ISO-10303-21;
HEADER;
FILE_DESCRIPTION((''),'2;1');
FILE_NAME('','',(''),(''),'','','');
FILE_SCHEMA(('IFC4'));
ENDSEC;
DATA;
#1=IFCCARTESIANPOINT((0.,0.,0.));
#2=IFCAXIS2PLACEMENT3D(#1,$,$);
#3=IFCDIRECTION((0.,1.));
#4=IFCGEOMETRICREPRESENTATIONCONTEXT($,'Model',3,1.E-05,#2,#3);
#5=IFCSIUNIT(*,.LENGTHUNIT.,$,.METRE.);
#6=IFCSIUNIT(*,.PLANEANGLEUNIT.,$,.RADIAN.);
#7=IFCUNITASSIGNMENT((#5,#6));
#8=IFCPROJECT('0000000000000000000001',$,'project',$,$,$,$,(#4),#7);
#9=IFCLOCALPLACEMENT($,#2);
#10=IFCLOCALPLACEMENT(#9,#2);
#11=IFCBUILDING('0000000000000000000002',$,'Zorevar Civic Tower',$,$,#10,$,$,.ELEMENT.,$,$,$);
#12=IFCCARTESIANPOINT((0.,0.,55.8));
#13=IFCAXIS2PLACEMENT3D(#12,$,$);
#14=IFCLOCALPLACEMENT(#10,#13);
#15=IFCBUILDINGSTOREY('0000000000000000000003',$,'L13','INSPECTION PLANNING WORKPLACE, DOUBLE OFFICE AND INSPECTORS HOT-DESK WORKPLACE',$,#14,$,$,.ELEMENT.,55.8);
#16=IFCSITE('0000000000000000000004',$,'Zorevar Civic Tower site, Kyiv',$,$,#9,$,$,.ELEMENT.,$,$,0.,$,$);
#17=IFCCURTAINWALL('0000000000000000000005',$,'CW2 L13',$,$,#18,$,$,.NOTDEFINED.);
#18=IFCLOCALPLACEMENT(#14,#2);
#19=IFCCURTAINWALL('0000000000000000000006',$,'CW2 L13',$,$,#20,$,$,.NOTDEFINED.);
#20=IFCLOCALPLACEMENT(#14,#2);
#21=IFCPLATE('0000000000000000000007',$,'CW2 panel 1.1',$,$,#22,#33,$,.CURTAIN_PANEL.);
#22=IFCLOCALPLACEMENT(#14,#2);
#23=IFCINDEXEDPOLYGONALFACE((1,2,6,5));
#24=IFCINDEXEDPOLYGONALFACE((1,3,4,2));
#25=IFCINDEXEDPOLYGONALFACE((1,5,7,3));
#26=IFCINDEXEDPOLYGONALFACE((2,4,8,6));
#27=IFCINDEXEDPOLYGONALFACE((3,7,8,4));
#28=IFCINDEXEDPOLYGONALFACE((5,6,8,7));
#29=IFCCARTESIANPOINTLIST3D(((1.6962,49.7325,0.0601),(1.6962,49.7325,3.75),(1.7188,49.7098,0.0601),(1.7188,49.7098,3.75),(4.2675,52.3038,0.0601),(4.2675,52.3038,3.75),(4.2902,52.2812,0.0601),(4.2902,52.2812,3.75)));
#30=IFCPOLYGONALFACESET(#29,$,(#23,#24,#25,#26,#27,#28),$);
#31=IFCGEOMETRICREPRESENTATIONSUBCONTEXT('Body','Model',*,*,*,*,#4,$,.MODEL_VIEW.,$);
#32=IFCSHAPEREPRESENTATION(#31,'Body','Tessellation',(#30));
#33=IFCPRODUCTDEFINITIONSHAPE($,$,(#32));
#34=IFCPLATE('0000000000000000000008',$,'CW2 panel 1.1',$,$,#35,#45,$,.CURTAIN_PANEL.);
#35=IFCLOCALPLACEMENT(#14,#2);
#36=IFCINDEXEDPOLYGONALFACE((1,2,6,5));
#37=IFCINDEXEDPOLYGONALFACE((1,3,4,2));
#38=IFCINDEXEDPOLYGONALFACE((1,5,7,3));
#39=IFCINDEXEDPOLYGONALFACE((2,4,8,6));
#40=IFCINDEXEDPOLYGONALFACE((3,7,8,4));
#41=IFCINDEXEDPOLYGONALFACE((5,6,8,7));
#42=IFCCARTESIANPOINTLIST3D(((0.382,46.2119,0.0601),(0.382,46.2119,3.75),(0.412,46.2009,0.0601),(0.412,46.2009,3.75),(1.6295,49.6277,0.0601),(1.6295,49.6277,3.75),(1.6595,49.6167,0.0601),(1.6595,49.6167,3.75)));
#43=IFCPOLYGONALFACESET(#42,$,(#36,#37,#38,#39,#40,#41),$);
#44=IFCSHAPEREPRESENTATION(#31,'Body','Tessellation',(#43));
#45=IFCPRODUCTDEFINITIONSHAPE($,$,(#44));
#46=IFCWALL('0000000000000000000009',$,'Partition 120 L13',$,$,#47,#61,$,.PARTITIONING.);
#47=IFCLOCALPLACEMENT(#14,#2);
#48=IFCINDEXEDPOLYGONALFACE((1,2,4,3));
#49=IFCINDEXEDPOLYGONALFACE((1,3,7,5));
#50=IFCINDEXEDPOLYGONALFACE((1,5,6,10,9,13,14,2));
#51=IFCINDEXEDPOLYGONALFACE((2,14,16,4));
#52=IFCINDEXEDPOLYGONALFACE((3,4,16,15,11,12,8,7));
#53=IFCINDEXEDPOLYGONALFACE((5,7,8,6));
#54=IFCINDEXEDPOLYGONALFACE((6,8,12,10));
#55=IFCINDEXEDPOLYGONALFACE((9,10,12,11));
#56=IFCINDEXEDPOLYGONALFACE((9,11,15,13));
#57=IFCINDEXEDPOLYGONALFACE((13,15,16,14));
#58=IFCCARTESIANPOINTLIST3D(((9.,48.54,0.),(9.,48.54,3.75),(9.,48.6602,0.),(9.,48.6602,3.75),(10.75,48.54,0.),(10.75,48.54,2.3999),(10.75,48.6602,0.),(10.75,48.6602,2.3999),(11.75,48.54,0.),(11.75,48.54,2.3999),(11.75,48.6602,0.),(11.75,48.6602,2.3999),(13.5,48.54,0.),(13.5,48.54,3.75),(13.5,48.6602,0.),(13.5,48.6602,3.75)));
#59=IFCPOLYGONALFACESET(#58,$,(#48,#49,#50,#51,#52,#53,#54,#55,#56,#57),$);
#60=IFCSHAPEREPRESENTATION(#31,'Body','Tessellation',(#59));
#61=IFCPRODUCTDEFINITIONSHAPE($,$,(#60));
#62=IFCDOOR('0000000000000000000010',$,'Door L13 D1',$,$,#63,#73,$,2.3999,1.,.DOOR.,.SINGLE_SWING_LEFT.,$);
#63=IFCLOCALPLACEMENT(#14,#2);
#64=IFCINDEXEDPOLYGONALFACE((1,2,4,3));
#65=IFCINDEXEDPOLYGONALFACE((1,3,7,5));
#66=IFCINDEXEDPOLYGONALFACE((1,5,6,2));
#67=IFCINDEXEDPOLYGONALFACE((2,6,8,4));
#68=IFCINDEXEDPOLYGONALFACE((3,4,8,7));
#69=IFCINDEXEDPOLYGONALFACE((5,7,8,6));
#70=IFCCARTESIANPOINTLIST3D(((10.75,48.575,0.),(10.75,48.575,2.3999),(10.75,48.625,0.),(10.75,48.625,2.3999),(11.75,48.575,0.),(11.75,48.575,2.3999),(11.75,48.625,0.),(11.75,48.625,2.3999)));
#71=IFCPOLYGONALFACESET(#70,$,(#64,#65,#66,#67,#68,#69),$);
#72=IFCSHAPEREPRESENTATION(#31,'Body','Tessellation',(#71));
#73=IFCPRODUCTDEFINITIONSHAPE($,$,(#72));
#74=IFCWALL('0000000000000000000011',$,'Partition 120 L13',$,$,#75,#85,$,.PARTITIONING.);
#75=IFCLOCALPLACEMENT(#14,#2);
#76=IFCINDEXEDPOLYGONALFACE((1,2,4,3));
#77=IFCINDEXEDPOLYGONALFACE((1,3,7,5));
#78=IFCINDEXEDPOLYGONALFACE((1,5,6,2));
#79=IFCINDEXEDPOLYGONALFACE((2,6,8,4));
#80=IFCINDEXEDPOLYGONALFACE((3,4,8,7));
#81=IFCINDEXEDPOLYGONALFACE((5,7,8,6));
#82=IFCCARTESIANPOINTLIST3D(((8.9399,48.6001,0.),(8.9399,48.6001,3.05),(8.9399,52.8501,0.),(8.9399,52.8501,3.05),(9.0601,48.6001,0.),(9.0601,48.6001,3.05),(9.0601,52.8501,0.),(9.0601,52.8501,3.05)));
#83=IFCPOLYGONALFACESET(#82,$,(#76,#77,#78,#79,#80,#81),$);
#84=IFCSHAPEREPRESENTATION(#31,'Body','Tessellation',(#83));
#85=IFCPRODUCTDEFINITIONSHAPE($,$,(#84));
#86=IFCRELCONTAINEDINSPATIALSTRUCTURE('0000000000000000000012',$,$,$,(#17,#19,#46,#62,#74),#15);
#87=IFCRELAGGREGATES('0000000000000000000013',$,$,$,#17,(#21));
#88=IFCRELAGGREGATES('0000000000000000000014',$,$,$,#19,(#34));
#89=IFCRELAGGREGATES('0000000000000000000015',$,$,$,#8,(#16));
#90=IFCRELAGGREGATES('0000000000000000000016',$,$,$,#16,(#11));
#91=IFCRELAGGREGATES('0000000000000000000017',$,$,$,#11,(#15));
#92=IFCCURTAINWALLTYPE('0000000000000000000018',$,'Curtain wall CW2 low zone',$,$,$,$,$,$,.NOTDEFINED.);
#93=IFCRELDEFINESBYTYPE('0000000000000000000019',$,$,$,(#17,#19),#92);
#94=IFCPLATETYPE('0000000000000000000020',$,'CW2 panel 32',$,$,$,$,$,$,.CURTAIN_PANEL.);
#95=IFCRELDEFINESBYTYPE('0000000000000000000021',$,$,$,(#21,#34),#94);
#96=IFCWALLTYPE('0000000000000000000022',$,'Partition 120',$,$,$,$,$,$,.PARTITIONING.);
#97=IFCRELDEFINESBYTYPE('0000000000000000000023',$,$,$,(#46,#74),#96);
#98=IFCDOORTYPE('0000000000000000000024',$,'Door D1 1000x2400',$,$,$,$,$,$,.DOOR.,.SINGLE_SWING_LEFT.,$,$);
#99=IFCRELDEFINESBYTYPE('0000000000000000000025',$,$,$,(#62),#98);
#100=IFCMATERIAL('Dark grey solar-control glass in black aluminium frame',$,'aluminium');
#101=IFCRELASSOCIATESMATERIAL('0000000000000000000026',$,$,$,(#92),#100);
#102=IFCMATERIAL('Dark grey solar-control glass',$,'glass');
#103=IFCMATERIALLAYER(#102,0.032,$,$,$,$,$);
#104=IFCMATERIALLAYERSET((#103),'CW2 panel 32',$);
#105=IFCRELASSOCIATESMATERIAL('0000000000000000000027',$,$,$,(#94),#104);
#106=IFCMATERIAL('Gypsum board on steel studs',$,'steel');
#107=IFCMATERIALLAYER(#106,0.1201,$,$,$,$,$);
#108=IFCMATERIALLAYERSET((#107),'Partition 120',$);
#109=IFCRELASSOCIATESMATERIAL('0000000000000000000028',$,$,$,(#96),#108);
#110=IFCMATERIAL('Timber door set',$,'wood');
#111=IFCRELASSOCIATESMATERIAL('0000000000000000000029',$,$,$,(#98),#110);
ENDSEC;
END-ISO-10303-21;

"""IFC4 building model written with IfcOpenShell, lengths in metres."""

from ifc_helpers import new_model, si_unit, direction, frame, frame_2d, origin, origin_2d, place, context, subcontext, project, spatial, rectangle, extrude, material, layer, layer_set, type_object, element, fill, aggregate, save


model = new_model("IFC4")

# Units and contexts
model_context = context("Model", 3, precision=1e-05, world=origin(), true_north=direction((0.0, 1.0)))
body_context = subcontext(model_context, "Body", "Model", "MODEL_VIEW")
ifc_project = project(units=[si_unit("LENGTHUNIT", "METRE"), si_unit("PLANEANGLEUNIT", "RADIAN")], contexts=[model_context])

# Site, building, storey
site_placement = place(None, origin())
site = spatial("IfcSite", under=ifc_project, at=site_placement, Name="Zorevar Civic Tower site, Kyiv", CompositionType="ELEMENT", RefElevation=0.0)
building_placement = place(site_placement, origin())
building = spatial("IfcBuilding", under=site, at=building_placement, Name="Zorevar Civic Tower", CompositionType="ELEMENT")
storey_placement = place(building_placement, frame((0.0, 0.0, 55.8)))
storey = spatial("IfcBuildingStorey", under=building, at=storey_placement, Name="L13", Description="INSPECTION PLANNING WORKPLACE, DOUBLE OFFICE AND INSPECTORS HOT-DESK WORKPLACE", CompositionType="ELEMENT", Elevation=55.8)

# Curtain walls
ifc_material_1 = material(Name="Dark grey solar-control glass in black aluminium frame", Category="aluminium")
curtain_wall_type = type_object("IfcCurtainWallType", Name="Curtain wall CW2 low zone", PredefinedType="NOTDEFINED", material=ifc_material_1)
curtain_wall_1_placement = place(storey_placement, origin())
curtain_wall_1 = element("IfcCurtainWall", 1, at=curtain_wall_1_placement, inside=storey, type_object=curtain_wall_type, Name="CW2 L13", PredefinedType="NOTDEFINED")
curtain_wall_2_placement = place(storey_placement, origin())
curtain_wall_2 = element("IfcCurtainWall", 2, at=curtain_wall_2_placement, inside=storey, type_object=curtain_wall_type, Name="CW2 L13", PredefinedType="NOTDEFINED")

# Plates
ifc_material_2 = material(Name="Dark grey solar-control glass", Category="glass")
ifc_layer_1 = layer(ifc_material_2, 0.032)
ifc_layer_set_1 = layer_set([ifc_layer_1], Name="CW2 panel 32")
plate_type = type_object("IfcPlateType", Name="CW2 panel 32", PredefinedType="CURTAIN_PANEL", material=ifc_layer_set_1)
plate_1_placement = place(storey_placement, frame((2.9932, 51.0068, 0.0601), z_axis=(0.0, 0.0, 1.0), x_axis=(-0.707107, -0.707107, 0.0)))
plate_1 = element("IfcPlate", 3, at=plate_1_placement, type_object=plate_type, Name="CW2 panel 1.1", PredefinedType="CURTAIN_PANEL", context=body_context, shape_type="SweptSolid", body=[
    extrude(rectangle(XDim=3.6365, YDim=0.032, at=origin_2d()), origin(), (0.0, 0.0, 1.0), 3.6899),
])
aggregate(curtain_wall_1, [plate_1])
plate_2_placement = place(storey_placement, frame((1.0208, 47.9143, 0.0601), z_axis=(0.0, 0.0, 1.0), x_axis=(-0.34306, -0.939313, 0.0)))
plate_2 = element("IfcPlate", 4, at=plate_2_placement, type_object=plate_type, Name="CW2 panel 1.1", PredefinedType="CURTAIN_PANEL", context=body_context, shape_type="SweptSolid", body=[
    extrude(rectangle(XDim=3.6365, YDim=0.032, at=origin_2d()), origin(), (0.0, 0.0, 1.0), 3.6899),
])
aggregate(curtain_wall_2, [plate_2])

# Wall, opening, door
ifc_material_3 = material(Name="Gypsum board on steel studs", Category="steel")
ifc_layer_2 = layer(ifc_material_3, 0.1201)
ifc_layer_set_2 = layer_set([ifc_layer_2], Name="Partition 120")
wall_type = type_object("IfcWallType", Name="Partition 120", PredefinedType="PARTITIONING", material=ifc_layer_set_2)
wall_1_placement = place(storey_placement, frame((9.0, 48.6001, 0.0), z_axis=(0.0, 0.0, 1.0), x_axis=(1.0, 0.0, 0.0)))
wall_1 = element("IfcWall", 5, at=wall_1_placement, inside=storey, type_object=wall_type, Name="Partition 120 L13", PredefinedType="PARTITIONING", context=body_context, shape_type="SweptSolid", body=[
    extrude(rectangle(XDim=4.5, YDim=0.1201, at=frame_2d((2.25, 0.0))), origin(), (0.0, 0.0, 1.0), 3.75),
])
opening_placement = place(wall_1_placement, frame((1.75, 0.0, 0.0)))
opening = element("IfcOpeningElement", 6, at=opening_placement, cuts=wall_1, PredefinedType="OPENING", context=body_context, shape_type="SweptSolid", body=[
    extrude(rectangle(XDim=1.0, YDim=2.3999, at=frame_2d((0.5, 1.2))), frame((0.0, 0.0701, 0.0), z_axis=(0.0, -1.0, 0.0), x_axis=(1.0, 0.0, 0.0)), (0.0, 0.0, 1.0), 0.1401),
])
ifc_material_4 = material(Name="Timber door set", Category="wood")
door_type = type_object("IfcDoorType", Name="Door D1 1000x2400", OperationType="SINGLE_SWING_LEFT", PredefinedType="DOOR", material=ifc_material_4)
door_placement = place(opening_placement, origin())
door = element("IfcDoor", 7, at=door_placement, inside=storey, type_object=door_type, Name="Door L13 D1", OperationType="SINGLE_SWING_LEFT", OverallHeight=2.3999, OverallWidth=1.0, PredefinedType="DOOR", context=body_context, shape_type="SweptSolid", body=[
    extrude(rectangle(XDim=1.0, YDim=2.3999, at=frame_2d((0.5, 1.2))), frame((0.0, 0.0249, 0.0), z_axis=(0.0, -1.0, 0.0), x_axis=(1.0, 0.0, 0.0)), (0.0, 0.0, 1.0), 0.05),
])
fill(opening, door)

# Wall
wall_2_placement = place(storey_placement, frame((9.0, 48.6001, 0.0), z_axis=(0.0, 0.0, 1.0), x_axis=(0.0, 1.0, 0.0)))
element("IfcWall", 8, at=wall_2_placement, inside=storey, type_object=wall_type, Name="Partition 120 L13", PredefinedType="PARTITIONING", context=body_context, shape_type="SweptSolid", body=[
    extrude(rectangle(XDim=4.25, YDim=0.1201, at=frame_2d((2.125, 0.0))), origin(), (0.0, 0.0, 1.0), 3.05),
])

save(model, "model.ifc")
